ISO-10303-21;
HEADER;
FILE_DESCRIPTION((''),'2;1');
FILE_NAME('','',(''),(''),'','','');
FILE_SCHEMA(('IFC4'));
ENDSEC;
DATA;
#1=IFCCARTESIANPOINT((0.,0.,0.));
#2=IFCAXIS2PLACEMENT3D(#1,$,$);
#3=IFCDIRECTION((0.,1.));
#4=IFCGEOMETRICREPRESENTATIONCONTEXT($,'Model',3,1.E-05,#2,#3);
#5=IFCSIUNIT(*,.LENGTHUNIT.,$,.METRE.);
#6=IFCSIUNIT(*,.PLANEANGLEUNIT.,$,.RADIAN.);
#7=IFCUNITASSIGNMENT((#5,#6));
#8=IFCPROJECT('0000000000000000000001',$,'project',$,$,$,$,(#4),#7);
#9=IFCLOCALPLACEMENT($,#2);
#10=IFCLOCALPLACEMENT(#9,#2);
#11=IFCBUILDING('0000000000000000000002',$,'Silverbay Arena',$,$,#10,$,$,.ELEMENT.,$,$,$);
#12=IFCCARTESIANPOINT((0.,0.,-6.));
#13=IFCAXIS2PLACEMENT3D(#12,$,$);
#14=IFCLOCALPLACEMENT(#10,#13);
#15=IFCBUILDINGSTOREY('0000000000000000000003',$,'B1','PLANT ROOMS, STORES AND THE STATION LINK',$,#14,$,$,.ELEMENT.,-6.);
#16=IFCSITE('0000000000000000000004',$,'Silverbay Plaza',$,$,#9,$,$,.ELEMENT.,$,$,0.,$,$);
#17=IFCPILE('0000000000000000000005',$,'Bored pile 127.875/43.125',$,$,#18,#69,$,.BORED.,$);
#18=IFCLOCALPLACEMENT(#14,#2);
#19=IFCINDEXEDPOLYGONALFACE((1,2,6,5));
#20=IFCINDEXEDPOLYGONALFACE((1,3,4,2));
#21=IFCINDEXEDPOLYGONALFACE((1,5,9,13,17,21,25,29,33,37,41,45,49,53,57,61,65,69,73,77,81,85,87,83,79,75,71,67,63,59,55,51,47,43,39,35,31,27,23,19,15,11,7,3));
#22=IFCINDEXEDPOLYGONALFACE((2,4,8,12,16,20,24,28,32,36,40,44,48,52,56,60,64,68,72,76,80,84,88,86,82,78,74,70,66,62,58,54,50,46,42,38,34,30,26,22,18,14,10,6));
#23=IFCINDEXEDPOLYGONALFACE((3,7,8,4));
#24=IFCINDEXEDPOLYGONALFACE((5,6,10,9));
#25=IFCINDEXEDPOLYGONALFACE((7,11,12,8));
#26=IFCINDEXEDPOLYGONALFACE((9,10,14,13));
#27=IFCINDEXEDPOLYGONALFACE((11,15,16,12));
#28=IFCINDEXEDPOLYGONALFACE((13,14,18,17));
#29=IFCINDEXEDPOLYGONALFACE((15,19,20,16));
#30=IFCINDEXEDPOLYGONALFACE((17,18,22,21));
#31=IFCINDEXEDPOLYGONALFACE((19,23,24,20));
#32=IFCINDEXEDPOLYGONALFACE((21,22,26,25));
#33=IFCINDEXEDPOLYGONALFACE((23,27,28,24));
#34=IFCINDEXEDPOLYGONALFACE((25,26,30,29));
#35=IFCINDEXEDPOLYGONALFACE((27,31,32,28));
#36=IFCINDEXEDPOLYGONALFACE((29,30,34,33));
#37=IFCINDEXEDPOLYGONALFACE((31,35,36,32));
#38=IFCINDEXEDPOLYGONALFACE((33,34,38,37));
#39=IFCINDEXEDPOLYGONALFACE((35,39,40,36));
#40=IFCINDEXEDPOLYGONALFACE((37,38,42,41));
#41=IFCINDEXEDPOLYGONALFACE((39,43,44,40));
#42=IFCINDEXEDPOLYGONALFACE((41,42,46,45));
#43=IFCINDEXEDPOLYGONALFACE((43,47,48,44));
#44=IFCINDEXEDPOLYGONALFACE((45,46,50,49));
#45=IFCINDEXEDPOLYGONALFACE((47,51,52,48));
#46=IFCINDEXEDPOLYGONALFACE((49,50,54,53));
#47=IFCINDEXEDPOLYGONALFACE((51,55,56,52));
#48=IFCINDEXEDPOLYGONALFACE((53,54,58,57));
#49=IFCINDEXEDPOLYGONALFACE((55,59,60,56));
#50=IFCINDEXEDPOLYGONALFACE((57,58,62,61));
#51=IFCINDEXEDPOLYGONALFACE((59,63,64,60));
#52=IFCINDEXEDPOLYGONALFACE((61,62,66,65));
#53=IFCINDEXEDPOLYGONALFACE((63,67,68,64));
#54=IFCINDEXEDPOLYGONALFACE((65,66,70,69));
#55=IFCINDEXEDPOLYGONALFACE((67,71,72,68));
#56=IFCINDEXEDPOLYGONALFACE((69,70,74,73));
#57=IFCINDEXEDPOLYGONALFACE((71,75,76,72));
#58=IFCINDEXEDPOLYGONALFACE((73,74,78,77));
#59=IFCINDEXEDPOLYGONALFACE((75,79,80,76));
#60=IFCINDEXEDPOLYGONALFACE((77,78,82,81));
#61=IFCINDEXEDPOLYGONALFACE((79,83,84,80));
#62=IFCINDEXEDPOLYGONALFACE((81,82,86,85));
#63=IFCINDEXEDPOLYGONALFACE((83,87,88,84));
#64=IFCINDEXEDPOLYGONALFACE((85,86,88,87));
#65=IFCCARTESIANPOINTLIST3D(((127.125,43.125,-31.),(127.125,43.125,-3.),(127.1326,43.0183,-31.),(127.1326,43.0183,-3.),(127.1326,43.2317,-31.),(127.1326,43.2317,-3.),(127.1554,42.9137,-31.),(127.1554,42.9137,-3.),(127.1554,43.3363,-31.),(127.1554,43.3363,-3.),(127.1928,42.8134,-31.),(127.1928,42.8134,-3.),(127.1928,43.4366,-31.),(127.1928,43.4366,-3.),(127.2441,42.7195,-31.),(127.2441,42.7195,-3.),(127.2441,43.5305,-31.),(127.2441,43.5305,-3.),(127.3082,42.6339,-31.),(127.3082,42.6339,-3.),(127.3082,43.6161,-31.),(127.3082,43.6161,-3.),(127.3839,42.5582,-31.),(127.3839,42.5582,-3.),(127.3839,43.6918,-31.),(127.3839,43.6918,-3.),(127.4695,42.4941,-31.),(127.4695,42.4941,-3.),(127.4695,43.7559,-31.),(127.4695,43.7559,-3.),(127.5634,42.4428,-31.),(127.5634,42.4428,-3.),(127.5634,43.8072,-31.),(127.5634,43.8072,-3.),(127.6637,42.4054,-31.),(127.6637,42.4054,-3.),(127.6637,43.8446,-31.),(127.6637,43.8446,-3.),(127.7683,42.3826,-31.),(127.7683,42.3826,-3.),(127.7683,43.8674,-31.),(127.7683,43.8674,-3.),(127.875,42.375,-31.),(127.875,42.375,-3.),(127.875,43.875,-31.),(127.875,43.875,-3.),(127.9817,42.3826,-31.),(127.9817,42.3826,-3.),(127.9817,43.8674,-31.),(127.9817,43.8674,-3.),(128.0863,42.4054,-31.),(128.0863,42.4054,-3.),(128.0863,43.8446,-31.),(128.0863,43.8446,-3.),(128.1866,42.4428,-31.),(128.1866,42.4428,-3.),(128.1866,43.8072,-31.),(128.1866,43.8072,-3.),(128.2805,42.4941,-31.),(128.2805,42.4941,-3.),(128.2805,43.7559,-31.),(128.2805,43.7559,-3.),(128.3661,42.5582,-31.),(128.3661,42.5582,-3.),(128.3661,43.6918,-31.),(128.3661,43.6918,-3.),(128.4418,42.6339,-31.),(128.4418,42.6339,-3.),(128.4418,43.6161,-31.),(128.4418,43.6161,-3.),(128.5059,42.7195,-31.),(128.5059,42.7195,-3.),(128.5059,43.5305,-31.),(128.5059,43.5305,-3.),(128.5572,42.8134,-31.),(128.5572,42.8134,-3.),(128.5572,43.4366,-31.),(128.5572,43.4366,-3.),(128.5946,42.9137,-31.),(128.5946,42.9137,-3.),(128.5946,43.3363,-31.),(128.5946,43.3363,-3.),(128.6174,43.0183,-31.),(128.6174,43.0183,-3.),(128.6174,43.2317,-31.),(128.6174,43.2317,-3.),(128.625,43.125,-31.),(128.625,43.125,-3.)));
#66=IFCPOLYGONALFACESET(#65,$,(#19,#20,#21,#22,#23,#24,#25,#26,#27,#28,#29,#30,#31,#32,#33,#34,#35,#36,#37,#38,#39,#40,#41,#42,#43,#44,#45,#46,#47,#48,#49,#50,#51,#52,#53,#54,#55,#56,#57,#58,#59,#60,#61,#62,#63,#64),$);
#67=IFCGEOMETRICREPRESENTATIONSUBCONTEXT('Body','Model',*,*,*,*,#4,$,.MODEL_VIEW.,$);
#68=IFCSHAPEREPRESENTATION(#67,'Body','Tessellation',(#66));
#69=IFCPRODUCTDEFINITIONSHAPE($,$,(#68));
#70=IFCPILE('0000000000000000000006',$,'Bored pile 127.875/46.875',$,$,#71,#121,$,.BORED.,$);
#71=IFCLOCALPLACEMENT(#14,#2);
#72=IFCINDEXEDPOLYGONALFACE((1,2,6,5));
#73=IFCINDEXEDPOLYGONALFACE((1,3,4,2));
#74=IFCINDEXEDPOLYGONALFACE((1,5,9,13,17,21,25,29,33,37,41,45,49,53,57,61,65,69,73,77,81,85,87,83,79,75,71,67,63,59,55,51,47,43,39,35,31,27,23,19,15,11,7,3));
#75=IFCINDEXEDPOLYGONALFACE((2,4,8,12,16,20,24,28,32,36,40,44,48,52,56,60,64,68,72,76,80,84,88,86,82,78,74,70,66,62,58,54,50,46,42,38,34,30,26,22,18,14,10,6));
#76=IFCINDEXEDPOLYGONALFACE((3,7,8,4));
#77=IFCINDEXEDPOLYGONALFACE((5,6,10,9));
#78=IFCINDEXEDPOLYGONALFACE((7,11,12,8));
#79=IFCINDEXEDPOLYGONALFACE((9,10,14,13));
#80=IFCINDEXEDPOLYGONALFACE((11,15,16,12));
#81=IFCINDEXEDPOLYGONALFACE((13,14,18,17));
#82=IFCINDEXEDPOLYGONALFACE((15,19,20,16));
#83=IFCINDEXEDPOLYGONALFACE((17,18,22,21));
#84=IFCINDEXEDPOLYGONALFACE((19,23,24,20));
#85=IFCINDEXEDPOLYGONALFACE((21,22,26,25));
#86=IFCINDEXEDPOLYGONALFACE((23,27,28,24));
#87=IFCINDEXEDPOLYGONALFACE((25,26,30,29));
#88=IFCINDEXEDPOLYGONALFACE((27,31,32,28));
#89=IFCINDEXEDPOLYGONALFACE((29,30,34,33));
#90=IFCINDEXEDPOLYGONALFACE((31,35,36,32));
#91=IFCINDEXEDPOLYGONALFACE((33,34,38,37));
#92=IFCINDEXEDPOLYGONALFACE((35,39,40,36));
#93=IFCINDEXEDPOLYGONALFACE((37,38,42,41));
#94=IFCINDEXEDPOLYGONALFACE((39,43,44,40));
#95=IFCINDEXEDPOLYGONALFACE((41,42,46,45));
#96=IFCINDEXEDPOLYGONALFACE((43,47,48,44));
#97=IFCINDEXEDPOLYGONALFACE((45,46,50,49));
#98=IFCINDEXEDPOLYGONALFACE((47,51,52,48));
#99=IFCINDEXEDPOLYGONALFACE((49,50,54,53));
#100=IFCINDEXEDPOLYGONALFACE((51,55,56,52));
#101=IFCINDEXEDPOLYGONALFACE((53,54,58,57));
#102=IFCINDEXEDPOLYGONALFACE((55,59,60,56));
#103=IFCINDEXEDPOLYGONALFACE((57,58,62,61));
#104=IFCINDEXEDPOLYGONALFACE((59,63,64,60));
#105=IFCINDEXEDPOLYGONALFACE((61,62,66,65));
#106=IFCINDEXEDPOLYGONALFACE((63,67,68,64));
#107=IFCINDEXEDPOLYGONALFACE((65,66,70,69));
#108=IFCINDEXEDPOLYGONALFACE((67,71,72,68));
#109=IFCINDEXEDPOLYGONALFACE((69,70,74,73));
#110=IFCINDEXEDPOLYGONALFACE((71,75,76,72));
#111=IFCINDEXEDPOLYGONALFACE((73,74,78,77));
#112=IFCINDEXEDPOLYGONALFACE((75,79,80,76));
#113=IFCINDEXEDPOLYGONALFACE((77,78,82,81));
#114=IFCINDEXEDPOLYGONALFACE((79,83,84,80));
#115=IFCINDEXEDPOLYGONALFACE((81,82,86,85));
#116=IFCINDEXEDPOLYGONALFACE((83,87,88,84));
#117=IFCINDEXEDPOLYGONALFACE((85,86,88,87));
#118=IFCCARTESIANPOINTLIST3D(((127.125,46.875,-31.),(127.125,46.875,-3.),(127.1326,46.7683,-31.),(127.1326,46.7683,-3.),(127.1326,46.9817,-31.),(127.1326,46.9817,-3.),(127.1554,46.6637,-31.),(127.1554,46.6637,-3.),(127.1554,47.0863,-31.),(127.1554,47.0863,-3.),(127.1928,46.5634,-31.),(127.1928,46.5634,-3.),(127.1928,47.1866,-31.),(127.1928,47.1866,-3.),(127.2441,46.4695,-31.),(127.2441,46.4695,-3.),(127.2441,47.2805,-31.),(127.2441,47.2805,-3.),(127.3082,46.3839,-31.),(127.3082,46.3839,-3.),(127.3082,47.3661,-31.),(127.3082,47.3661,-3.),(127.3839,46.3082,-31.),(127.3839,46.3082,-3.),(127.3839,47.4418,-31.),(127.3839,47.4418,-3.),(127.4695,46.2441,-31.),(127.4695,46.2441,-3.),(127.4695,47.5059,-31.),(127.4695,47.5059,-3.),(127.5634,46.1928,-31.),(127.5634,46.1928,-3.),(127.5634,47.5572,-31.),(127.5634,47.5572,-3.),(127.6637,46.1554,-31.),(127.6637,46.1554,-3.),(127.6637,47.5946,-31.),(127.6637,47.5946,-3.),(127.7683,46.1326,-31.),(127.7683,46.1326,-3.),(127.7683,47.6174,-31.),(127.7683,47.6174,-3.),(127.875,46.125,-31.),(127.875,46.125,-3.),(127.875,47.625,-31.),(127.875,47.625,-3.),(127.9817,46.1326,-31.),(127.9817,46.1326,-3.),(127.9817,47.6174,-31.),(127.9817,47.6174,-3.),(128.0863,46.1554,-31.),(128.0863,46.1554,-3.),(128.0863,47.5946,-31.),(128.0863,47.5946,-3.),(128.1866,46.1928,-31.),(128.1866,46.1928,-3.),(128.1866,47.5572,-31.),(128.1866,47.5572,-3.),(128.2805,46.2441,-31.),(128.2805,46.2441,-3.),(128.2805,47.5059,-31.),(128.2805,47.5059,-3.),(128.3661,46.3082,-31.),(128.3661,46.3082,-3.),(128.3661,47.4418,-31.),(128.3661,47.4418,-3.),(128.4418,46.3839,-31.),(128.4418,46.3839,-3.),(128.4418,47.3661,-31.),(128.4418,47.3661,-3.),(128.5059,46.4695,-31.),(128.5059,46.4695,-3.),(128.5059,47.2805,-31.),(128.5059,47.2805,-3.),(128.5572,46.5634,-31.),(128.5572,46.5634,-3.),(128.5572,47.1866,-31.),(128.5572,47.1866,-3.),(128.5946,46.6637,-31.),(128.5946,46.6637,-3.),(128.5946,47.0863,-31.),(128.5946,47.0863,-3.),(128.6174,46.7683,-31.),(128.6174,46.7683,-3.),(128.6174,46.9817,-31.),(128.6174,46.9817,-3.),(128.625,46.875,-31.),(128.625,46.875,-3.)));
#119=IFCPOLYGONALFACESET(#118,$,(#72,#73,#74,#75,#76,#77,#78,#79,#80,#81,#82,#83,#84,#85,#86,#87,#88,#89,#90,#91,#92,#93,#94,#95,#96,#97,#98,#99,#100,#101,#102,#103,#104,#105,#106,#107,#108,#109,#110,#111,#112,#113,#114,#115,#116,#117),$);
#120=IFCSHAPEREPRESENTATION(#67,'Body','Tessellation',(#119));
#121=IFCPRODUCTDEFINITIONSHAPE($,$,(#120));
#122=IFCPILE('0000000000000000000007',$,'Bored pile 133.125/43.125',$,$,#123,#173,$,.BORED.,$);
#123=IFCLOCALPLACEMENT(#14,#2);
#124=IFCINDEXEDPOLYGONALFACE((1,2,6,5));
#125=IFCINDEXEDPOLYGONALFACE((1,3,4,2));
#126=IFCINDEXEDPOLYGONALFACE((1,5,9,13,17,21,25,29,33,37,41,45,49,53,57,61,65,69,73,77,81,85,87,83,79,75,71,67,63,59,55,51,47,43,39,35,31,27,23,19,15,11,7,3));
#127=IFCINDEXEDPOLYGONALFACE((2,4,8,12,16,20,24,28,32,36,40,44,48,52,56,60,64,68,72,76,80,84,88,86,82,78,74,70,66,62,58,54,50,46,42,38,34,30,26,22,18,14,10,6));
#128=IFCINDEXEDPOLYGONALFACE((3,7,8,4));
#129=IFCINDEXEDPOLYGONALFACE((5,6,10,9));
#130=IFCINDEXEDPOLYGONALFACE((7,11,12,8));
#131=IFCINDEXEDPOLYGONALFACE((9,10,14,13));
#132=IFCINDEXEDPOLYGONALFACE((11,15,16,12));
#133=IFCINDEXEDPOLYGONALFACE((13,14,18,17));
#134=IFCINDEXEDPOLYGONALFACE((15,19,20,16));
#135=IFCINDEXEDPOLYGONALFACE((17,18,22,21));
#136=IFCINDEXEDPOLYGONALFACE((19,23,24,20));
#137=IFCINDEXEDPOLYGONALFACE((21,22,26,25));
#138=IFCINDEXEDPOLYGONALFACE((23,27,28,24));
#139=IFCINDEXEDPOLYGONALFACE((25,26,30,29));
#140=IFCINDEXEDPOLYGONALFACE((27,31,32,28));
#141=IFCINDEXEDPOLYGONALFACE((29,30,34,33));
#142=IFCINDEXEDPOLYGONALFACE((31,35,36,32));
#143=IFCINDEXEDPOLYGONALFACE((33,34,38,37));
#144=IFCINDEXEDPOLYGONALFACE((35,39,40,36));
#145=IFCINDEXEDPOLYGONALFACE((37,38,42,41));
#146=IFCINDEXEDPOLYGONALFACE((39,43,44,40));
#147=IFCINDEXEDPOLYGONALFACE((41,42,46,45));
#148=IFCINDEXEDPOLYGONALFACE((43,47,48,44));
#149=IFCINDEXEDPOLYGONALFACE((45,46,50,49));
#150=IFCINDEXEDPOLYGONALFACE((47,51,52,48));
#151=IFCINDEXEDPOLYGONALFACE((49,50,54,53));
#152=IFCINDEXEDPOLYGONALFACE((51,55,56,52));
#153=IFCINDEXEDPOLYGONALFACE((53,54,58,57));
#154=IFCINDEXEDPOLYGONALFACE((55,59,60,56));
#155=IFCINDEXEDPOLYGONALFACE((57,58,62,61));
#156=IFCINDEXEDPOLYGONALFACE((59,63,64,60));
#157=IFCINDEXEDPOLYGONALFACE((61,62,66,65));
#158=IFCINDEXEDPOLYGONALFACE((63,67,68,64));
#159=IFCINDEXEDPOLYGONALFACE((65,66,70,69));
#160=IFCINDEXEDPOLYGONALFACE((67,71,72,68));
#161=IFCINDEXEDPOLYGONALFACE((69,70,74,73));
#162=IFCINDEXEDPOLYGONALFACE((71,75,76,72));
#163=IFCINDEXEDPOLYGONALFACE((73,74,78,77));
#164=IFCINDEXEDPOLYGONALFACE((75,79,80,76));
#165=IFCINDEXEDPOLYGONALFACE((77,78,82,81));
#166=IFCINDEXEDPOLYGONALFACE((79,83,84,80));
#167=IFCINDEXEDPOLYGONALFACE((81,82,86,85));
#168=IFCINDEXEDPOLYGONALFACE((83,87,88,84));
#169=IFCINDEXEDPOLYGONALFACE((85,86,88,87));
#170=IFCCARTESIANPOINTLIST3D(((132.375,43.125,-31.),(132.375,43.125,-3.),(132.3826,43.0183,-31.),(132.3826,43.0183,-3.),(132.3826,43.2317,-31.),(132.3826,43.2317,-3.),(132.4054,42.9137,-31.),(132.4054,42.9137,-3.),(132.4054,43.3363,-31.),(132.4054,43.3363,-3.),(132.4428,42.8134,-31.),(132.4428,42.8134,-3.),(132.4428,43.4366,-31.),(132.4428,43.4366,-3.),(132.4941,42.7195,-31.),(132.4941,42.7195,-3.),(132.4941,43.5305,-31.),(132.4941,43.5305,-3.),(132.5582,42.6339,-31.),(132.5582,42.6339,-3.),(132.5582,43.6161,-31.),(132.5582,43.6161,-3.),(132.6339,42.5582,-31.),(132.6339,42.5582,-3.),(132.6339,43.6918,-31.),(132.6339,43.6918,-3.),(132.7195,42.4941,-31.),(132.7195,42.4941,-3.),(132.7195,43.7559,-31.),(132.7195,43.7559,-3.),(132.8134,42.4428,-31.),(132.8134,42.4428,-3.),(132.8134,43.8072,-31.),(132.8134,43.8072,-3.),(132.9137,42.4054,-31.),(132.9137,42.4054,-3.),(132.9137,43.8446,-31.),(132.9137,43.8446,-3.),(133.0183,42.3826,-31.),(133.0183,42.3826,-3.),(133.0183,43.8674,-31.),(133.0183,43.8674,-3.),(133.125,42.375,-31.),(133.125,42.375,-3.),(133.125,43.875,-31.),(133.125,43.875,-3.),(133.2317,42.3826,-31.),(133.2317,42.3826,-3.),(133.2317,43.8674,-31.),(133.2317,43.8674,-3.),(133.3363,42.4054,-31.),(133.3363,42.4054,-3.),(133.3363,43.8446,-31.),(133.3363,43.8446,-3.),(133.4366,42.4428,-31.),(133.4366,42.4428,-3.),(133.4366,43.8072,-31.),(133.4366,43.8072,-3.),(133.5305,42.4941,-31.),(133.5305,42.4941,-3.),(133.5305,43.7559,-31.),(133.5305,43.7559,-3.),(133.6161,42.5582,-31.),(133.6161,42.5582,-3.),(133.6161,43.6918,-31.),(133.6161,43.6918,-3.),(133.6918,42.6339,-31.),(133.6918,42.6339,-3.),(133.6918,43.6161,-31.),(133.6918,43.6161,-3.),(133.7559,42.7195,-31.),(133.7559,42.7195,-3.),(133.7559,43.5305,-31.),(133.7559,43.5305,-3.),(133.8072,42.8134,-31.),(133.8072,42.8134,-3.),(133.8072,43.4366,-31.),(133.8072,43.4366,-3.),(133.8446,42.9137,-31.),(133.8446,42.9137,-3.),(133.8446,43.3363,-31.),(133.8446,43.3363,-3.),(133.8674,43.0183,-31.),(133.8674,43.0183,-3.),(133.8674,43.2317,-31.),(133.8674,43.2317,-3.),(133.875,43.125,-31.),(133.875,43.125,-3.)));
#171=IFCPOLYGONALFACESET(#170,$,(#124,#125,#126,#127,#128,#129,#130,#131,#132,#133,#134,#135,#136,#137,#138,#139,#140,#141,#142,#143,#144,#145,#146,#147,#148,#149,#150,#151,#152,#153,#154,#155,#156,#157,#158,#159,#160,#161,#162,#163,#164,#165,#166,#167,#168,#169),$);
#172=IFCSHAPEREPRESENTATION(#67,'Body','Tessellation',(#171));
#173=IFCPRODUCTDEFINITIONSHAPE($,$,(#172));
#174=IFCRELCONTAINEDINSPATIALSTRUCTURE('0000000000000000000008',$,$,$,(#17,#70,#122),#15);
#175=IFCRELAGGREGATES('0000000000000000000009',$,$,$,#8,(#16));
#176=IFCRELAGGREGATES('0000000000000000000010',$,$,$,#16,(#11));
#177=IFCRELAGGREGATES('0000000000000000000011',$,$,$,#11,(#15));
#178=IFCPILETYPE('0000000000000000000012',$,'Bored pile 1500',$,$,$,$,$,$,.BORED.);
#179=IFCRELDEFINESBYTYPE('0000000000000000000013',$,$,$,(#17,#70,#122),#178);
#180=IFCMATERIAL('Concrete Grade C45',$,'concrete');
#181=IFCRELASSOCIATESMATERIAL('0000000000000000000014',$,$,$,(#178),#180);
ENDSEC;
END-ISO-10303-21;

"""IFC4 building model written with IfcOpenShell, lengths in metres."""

from ifc_helpers import new_model, si_unit, direction, frame, origin, origin_2d, place, context, subcontext, project, spatial, circle, extrude, material, material_profile, profile_set, type_object, element, save


model = new_model("IFC4")

# Units and contexts
model_context = context("Model", 3, precision=1e-05, world=origin(), true_north=direction((0.0, 1.0)))
body_context = subcontext(model_context, "Body", "Model", "MODEL_VIEW")
ifc_project = project(units=[si_unit("LENGTHUNIT", "METRE"), si_unit("PLANEANGLEUNIT", "RADIAN")], contexts=[model_context])

# Site, building, storey
site_placement = place(None, origin())
site = spatial("IfcSite", under=ifc_project, at=site_placement, Name="Silverbay Plaza", CompositionType="ELEMENT", RefElevation=0.0)
building_placement = place(site_placement, origin())
building = spatial("IfcBuilding", under=site, at=building_placement, Name="Silverbay Arena", CompositionType="ELEMENT")
storey_placement = place(building_placement, frame((0.0, 0.0, -6.0)))
storey = spatial("IfcBuildingStorey", under=building, at=storey_placement, Name="B1", Description="PLANT ROOMS, STORES AND THE STATION LINK", CompositionType="ELEMENT", Elevation=-6.0)

# Piles
ifc_material_1 = material(Name="Concrete Grade C45", Category="concrete")
ifc_material_profile_1 = material_profile(ifc_material_1, circle(Radius=0.75, at=origin_2d()), Name="Bored pile 1500")
ifc_profile_set_1 = profile_set([ifc_material_profile_1], Name="Concrete Grade C45")
pile_type = type_object("IfcPileType", Name="Bored pile 1500", PredefinedType="BORED", material=ifc_profile_set_1)
for number, where, z_axis, x_axis, name in (
    (1, (127.875, 43.125, -3.0), (0.0, 0.0, -1.0), (1.0, 0.0, 0.0), "Bored pile 127.875/43.125"),
    (2, (127.875, 46.875, -3.0), (0.0, 0.0, -1.0), (1.0, 0.0, 0.0), "Bored pile 127.875/46.875"),
    (3, (133.125, 43.125, -3.0), (0.0, 0.0, -1.0), (1.0, 0.0, 0.0), "Bored pile 133.125/43.125"),
):
    element("IfcPile", number, at=place(storey_placement, frame(where, z_axis=z_axis, x_axis=x_axis)), inside=storey, type_object=pile_type, Name=name, PredefinedType="BORED", context=body_context, shape_type="SweptSolid", body=[
        extrude(circle(Radius=0.75, at=origin_2d()), origin(), (0.0, 0.0, 1.0), 28.0),
    ])

save(model, "model.ifc")
